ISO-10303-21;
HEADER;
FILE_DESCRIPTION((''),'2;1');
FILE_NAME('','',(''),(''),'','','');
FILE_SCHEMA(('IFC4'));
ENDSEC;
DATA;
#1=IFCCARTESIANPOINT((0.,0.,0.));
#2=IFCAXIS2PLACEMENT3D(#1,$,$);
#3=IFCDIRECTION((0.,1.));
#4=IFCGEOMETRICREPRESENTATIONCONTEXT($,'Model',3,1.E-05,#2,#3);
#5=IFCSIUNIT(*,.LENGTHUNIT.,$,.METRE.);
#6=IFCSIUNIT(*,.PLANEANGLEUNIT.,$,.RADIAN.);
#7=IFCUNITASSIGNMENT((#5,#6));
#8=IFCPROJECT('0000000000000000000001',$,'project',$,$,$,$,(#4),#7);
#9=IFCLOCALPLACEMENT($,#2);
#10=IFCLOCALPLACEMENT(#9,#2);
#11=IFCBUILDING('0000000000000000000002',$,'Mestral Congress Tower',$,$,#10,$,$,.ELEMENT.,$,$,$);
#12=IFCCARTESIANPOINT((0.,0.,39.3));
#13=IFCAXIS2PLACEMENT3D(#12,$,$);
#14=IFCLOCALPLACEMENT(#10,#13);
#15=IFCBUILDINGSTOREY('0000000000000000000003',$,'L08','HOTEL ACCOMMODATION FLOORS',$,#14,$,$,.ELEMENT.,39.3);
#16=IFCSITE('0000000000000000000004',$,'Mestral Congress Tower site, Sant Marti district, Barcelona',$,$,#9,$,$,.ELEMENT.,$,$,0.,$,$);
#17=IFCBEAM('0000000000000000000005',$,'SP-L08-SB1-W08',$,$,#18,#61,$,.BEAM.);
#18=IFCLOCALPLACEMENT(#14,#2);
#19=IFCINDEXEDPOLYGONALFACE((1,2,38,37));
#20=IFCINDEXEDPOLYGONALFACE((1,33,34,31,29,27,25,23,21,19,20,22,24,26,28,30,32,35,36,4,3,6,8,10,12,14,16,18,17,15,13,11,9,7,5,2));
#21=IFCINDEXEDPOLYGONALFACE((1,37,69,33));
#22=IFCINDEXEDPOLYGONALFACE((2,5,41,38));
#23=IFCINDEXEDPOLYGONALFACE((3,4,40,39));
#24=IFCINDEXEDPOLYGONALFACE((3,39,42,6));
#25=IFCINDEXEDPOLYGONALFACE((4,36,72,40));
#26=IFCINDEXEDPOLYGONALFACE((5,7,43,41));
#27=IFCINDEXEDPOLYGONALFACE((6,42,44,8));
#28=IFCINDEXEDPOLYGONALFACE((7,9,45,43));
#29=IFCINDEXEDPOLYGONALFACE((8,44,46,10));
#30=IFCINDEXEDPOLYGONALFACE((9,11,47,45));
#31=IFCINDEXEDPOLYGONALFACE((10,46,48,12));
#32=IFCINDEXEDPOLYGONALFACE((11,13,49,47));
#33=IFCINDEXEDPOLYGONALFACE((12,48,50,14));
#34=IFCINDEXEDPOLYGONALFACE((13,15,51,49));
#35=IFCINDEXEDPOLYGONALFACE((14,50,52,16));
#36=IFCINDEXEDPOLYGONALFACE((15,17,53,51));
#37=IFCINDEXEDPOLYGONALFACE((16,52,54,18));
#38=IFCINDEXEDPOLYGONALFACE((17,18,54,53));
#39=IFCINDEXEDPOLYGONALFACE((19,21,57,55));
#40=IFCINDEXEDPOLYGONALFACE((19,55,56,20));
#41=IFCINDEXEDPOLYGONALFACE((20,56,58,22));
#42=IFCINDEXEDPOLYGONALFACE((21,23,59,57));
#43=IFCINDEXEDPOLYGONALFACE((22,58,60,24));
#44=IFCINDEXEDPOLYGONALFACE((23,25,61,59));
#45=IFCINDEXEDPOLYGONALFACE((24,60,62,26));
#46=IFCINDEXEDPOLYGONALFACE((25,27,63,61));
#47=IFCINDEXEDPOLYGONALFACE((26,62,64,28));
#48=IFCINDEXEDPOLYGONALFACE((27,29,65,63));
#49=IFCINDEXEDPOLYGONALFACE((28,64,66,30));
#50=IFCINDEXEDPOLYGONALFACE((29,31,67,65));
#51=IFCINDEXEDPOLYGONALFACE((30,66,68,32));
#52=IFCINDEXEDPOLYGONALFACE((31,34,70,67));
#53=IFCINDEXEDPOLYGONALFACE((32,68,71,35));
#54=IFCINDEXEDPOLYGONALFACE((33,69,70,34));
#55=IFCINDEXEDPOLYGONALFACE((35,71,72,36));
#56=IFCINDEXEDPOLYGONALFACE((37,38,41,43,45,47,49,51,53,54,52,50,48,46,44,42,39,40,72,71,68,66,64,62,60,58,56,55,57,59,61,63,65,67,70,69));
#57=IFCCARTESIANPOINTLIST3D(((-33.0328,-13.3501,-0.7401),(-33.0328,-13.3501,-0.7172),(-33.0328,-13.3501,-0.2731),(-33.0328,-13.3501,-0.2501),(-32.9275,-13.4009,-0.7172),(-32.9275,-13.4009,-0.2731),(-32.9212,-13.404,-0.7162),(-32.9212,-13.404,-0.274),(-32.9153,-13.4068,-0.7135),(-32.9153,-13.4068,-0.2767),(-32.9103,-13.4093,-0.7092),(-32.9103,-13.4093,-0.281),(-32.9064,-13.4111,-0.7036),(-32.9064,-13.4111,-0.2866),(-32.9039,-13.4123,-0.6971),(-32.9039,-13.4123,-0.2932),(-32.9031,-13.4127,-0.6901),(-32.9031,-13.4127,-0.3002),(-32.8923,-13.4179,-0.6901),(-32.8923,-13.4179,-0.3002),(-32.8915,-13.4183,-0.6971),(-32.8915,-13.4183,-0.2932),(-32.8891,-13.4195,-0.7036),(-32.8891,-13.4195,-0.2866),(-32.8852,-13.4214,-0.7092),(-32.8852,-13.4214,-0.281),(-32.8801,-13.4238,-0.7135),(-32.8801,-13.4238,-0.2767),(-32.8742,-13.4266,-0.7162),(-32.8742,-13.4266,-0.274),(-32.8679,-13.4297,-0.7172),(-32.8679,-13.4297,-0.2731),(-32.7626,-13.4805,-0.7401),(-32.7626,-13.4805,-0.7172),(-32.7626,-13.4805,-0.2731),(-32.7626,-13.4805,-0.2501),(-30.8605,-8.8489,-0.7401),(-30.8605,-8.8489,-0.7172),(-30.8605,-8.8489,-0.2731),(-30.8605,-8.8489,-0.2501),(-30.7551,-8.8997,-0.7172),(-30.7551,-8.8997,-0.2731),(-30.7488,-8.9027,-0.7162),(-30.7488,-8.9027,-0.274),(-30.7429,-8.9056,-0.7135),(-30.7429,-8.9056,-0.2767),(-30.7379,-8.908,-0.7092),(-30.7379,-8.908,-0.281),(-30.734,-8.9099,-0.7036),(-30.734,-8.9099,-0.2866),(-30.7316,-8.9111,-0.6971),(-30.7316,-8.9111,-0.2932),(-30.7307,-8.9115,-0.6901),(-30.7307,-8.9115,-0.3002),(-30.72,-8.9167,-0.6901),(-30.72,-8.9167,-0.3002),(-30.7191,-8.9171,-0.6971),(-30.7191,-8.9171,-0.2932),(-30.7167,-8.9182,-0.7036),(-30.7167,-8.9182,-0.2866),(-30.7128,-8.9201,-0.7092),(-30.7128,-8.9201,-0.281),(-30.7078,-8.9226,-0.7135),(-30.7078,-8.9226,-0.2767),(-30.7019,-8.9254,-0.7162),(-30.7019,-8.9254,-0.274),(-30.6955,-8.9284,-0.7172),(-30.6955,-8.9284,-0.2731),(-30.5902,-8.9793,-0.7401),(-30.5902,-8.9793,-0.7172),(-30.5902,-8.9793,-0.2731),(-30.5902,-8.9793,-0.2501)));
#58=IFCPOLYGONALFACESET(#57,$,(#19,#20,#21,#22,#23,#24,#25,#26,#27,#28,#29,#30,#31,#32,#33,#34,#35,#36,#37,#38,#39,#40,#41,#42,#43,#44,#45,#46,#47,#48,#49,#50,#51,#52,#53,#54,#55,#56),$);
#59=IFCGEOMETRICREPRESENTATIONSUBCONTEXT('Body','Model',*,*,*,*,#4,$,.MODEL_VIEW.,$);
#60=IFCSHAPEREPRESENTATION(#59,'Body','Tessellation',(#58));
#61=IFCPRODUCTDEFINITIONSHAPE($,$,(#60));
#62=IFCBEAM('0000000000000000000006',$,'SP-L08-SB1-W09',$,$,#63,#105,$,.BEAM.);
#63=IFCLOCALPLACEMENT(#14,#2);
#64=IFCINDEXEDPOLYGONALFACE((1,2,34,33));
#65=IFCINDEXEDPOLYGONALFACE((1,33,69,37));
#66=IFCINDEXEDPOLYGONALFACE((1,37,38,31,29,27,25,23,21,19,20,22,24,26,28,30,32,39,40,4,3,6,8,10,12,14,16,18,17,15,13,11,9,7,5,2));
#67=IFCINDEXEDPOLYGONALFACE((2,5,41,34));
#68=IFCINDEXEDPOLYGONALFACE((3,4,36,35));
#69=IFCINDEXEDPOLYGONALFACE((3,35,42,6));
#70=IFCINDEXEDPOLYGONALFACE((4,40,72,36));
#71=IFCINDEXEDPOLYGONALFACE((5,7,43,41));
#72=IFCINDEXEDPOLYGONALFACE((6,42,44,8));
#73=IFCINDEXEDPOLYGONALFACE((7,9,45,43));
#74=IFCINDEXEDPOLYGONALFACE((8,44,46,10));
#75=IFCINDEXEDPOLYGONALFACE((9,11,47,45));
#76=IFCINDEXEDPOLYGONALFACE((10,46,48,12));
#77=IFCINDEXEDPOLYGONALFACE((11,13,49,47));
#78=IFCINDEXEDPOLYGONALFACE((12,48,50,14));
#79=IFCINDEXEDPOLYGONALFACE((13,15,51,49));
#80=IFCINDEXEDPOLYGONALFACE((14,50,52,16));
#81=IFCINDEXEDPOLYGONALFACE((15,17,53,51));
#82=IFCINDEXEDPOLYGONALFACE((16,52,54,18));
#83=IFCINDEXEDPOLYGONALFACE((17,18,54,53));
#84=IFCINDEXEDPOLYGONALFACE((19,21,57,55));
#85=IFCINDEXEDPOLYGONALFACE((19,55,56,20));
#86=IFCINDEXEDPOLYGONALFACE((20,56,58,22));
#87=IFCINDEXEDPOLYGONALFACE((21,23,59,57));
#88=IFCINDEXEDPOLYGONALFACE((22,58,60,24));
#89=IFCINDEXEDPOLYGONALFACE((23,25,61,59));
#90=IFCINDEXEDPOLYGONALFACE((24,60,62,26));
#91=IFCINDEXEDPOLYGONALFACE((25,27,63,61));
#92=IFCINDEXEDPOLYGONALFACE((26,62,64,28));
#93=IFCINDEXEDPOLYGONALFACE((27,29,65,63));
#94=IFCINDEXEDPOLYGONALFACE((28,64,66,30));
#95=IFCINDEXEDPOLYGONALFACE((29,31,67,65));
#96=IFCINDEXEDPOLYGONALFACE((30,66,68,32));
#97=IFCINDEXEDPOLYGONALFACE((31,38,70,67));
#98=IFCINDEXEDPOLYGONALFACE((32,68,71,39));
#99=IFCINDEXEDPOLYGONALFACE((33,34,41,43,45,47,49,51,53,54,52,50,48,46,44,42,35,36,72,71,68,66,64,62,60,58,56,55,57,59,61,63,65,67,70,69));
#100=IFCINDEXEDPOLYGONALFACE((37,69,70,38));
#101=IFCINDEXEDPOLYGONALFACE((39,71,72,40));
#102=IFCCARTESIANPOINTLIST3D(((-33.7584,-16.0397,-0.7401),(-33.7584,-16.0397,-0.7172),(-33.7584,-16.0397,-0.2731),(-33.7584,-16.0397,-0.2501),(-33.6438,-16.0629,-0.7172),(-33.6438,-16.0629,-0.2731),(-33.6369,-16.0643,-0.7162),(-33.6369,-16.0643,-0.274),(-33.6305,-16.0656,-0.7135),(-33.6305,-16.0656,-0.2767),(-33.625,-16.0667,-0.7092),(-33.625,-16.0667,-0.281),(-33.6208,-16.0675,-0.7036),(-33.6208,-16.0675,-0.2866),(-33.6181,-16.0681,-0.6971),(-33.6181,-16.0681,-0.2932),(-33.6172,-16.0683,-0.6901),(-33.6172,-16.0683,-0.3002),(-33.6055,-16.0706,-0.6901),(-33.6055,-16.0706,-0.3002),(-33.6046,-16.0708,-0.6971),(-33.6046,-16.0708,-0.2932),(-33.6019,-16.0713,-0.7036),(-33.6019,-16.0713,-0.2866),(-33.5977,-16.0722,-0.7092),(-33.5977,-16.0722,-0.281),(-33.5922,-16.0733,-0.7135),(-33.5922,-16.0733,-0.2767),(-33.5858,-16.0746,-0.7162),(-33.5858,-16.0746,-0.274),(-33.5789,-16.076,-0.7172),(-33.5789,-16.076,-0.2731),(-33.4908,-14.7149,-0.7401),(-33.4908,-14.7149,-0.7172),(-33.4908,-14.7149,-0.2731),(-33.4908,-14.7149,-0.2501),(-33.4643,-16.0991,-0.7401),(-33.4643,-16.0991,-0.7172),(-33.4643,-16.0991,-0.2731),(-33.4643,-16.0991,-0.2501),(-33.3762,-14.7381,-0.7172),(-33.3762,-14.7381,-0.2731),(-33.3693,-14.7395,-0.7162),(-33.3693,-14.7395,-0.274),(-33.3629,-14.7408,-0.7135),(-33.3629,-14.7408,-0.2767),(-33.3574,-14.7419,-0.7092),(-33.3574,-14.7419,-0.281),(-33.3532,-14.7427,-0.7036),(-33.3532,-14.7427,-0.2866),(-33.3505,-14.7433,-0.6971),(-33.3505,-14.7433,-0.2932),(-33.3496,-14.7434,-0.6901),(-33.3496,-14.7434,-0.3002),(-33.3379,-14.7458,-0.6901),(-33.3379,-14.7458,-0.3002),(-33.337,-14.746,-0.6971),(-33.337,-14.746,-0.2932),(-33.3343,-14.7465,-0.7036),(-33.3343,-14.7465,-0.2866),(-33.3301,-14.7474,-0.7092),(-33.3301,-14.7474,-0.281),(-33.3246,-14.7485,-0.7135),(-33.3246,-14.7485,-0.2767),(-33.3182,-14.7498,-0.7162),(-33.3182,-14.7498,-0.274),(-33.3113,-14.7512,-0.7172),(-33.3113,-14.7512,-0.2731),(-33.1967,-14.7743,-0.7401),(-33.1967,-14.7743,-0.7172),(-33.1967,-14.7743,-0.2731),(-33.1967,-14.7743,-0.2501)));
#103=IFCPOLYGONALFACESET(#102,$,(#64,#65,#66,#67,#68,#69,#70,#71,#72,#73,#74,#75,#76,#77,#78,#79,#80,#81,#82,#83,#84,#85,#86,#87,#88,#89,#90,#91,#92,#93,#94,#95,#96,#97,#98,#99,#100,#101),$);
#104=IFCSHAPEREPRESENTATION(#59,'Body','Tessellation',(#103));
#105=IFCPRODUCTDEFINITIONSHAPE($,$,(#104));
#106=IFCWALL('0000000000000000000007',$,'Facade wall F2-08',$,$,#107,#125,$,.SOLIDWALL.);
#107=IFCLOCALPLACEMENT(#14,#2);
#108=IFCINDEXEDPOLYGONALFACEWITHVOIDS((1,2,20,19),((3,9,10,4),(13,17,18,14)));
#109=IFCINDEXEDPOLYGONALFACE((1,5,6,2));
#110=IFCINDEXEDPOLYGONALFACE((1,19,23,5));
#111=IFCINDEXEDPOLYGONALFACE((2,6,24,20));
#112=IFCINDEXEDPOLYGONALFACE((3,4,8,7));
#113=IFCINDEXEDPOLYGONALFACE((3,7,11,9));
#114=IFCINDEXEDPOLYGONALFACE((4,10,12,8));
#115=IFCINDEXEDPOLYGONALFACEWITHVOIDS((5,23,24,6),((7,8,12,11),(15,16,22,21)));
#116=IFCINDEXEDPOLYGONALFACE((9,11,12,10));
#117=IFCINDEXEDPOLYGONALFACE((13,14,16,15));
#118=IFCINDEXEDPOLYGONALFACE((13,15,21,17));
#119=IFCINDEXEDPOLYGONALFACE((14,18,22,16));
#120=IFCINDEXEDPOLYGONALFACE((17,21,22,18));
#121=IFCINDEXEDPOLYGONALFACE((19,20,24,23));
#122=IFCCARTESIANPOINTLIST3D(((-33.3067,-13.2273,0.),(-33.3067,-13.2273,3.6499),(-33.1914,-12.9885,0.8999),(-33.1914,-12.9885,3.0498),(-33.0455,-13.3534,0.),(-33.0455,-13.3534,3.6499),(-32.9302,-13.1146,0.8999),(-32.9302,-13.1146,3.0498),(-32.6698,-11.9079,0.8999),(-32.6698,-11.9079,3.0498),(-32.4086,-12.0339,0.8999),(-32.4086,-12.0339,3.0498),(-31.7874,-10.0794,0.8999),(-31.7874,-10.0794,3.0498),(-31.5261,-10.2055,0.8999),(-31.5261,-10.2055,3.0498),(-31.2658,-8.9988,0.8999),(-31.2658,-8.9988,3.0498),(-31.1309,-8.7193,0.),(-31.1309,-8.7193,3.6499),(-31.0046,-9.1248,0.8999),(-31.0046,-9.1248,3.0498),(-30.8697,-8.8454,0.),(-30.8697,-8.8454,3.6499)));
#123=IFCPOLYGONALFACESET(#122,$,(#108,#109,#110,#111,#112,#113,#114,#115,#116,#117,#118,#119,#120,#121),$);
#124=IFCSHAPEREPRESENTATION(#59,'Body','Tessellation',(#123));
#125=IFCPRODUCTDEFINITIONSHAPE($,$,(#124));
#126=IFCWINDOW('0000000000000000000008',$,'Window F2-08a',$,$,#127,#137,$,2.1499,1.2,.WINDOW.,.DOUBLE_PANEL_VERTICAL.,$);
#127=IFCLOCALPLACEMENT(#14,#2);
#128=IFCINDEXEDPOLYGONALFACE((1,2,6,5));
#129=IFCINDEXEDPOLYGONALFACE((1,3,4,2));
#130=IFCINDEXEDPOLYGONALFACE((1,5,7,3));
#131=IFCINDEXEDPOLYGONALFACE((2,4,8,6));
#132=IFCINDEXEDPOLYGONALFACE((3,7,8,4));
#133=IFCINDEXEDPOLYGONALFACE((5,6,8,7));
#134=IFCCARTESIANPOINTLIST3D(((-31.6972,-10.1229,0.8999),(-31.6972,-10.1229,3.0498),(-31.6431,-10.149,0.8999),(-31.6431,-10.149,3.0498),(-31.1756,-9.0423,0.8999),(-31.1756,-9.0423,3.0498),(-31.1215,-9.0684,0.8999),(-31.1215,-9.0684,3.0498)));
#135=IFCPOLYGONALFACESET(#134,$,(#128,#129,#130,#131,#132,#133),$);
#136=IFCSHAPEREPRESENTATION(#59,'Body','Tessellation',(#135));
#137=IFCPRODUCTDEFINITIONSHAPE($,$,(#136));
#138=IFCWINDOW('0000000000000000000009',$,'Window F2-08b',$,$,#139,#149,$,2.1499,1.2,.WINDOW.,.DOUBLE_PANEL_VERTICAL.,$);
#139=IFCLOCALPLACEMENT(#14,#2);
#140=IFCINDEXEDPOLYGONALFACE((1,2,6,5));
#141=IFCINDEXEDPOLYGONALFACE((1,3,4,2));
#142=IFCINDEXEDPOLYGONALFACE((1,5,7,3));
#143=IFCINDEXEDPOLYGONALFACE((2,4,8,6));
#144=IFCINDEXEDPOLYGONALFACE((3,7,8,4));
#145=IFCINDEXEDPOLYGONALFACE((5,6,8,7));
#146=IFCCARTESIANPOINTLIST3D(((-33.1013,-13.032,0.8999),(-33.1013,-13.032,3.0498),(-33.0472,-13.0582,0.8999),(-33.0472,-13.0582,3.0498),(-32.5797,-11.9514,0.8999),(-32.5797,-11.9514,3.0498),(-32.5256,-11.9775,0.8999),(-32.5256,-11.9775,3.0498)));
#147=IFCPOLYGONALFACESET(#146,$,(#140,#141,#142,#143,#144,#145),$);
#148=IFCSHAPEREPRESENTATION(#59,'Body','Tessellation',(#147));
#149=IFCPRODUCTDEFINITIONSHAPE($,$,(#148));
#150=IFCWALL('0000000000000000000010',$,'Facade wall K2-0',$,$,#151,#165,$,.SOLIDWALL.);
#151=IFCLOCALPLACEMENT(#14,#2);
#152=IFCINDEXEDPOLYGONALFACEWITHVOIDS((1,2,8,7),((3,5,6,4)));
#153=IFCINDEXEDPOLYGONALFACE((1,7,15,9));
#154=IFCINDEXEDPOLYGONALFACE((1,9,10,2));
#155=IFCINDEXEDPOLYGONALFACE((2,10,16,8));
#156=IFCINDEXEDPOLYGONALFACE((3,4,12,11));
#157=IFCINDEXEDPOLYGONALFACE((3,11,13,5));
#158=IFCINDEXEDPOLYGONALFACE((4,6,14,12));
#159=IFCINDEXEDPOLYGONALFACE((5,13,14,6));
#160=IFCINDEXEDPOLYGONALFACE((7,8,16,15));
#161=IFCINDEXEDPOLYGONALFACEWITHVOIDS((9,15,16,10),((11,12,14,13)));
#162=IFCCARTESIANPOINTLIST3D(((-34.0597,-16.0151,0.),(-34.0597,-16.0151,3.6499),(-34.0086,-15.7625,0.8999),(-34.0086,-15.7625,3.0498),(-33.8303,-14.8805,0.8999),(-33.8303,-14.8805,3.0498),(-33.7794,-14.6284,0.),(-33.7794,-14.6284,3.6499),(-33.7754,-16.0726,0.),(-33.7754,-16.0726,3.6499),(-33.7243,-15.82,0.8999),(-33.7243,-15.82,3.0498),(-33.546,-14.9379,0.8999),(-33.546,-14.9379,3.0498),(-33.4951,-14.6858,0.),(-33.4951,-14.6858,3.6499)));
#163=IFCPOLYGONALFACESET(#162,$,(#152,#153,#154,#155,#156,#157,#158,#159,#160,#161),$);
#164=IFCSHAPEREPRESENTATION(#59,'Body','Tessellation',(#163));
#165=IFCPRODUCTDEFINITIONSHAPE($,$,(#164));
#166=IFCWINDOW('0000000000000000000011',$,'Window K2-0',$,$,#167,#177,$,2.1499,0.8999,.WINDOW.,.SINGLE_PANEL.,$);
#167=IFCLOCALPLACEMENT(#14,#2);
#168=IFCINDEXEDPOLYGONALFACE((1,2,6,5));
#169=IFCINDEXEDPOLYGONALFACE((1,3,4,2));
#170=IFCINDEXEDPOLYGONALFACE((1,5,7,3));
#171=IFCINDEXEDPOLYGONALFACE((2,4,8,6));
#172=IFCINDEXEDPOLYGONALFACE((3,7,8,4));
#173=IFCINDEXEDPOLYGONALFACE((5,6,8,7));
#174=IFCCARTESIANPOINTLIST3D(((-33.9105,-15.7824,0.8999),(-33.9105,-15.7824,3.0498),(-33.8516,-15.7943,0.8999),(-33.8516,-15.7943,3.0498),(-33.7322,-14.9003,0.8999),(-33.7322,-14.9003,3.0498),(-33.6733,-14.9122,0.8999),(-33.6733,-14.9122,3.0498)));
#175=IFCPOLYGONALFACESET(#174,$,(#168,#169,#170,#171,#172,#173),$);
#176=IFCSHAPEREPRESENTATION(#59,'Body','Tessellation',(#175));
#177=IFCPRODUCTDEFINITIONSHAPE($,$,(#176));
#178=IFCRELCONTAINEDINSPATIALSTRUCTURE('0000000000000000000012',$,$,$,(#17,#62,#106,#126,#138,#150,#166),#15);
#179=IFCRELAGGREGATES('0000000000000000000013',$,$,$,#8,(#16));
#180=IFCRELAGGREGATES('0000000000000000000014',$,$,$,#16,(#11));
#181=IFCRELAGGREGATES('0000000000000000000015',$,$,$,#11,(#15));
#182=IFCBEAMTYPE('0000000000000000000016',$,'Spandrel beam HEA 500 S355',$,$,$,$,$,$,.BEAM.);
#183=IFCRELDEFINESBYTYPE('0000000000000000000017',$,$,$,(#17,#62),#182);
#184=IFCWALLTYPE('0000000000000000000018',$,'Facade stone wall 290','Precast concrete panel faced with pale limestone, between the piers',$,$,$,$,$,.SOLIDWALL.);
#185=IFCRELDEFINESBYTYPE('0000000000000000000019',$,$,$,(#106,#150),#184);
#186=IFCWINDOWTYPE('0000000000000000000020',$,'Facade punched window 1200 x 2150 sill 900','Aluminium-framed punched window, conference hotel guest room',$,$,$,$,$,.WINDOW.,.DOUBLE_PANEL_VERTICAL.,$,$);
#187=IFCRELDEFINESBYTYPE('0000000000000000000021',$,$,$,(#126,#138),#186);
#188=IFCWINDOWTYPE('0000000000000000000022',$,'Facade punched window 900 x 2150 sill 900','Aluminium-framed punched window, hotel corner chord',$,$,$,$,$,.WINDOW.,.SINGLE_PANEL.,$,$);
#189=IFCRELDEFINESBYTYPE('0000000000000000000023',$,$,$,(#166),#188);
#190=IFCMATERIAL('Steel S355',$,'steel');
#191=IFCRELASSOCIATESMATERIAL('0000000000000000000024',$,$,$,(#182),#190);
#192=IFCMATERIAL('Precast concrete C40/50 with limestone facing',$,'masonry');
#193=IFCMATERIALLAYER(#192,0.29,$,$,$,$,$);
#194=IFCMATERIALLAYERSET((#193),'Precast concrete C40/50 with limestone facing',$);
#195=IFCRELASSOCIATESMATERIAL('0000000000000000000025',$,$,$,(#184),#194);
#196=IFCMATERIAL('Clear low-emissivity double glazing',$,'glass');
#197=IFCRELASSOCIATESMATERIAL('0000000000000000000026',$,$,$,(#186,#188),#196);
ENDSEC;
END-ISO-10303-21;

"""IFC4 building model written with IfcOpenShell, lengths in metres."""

from ifc_helpers import new_model, si_unit, direction, frame, frame_2d, origin, origin_2d, place, context, subcontext, project, spatial, rectangle, i_section, extrude, material, layer, layer_set, material_profile, profile_set, type_object, element, fill, save


model = new_model("IFC4")

# Units and contexts
model_context = context("Model", 3, precision=1e-05, world=origin(), true_north=direction((0.0, 1.0)))
body_context = subcontext(model_context, "Body", "Model", "MODEL_VIEW")
ifc_project = project(units=[si_unit("LENGTHUNIT", "METRE"), si_unit("PLANEANGLEUNIT", "RADIAN")], contexts=[model_context])

# Site, building, storey
site_placement = place(None, origin())
site = spatial("IfcSite", under=ifc_project, at=site_placement, Name="Mestral Congress Tower site, Sant Marti district, Barcelona", CompositionType="ELEMENT", RefElevation=0.0)
building_placement = place(site_placement, origin())
building = spatial("IfcBuilding", under=site, at=building_placement, Name="Mestral Congress Tower", CompositionType="ELEMENT")
storey_placement = place(building_placement, frame((0.0, 0.0, 39.3)))
storey = spatial("IfcBuildingStorey", under=building, at=storey_placement, Name="L08", Description="HOTEL ACCOMMODATION FLOORS", CompositionType="ELEMENT", Elevation=39.3)

# Beams
ifc_material_1 = material(Name="Steel S355", Category="steel")
ifc_material_profile_1 = material_profile(ifc_material_1, i_section(OverallWidth=0.3, OverallDepth=0.49, WebThickness=0.012, FlangeThickness=0.0229, FilletRadius=0.0271, at=origin_2d()), Name="HEA 500")
ifc_profile_set_1 = profile_set([ifc_material_profile_1], Name="Steel S355")
beam_type_1 = type_object("IfcBeamType", Name="Spandrel beam HEA 500 S355", PredefinedType="BEAM", material=ifc_profile_set_1)
beam_1_placement = place(storey_placement, frame((-30.7253, -8.9141, -0.4951), z_axis=(-0.434645, -0.900602, 0.0), x_axis=(0.900602, -0.434645, 0.0)))
element("IfcBeam", 1, at=beam_1_placement, inside=storey, type_object=beam_type_1, Name="SP-L08-SB1-W08", PredefinedType="BEAM", context=body_context, shape_type="SweptSolid", body=[
    extrude(i_section(OverallWidth=0.3, OverallDepth=0.49, WebThickness=0.012, FlangeThickness=0.0229, FilletRadius=0.0271, at=origin_2d()), origin(), (0.0, 0.0, 1.0), 4.998),
])
beam_2_placement = place(storey_placement, frame((-33.3438, -14.7446, -0.4951), z_axis=(-0.197992, -0.980204, 0.0), x_axis=(0.980204, -0.197992, 0.0)))
element("IfcBeam", 2, at=beam_2_placement, inside=storey, type_object=beam_type_1, Name="SP-L08-SB1-W09", PredefinedType="BEAM", context=body_context, shape_type="SweptSolid", body=[
    extrude(i_section(OverallWidth=0.3, OverallDepth=0.49, WebThickness=0.012, FlangeThickness=0.0229, FilletRadius=0.0271, at=origin_2d()), origin(), (0.0, 0.0, 1.0), 1.3516),
])

# Wall, openings, windows
ifc_material_2 = material(Name="Precast concrete C40/50 with limestone facing", Category="masonry")
ifc_layer_1 = layer(ifc_material_2, 0.29)
ifc_layer_set_1 = layer_set([ifc_layer_1], Name="Precast concrete C40/50 with limestone facing")
wall_type_1 = type_object("IfcWallType", Name="Facade stone wall 290", Description="Precast concrete panel faced with pale limestone, between the piers", PredefinedType="SOLIDWALL", material=ifc_layer_set_1)
wall_1_placement = place(storey_placement, frame((-31.0002, -8.7822, 0.0), z_axis=(0.0, 0.0, 1.0), x_axis=(-0.434664, -0.900592, 0.0)))
wall_1 = element("IfcWall", 3, at=wall_1_placement, inside=storey, type_object=wall_type_1, Name="Facade wall F2-08", PredefinedType="SOLIDWALL", context=body_context, shape_type="SweptSolid", body=[
    extrude(rectangle(XDim=5.0056, YDim=0.29, at=frame_2d((2.5029, 0.0))), origin(), (0.0, 0.0, 1.0), 3.6499),
])
opening_1_placement = place(wall_1_placement, frame((0.3103, 0.0, 0.8999)))
opening_1 = element("IfcOpeningElement", 4, at=opening_1_placement, cuts=wall_1, PredefinedType="OPENING", context=body_context, shape_type="SweptSolid", body=[
    extrude(rectangle(XDim=1.2, YDim=2.1499, at=frame_2d((0.6001, 1.075))), frame((0.0, 0.155, 0.0), z_axis=(0.0, -1.0, 0.0), x_axis=(1.0, 0.0, 0.0)), (0.0, 0.0, 1.0), 0.3101),
])
opening_2_placement = place(wall_1_placement, frame((3.5405, 0.0, 0.8999)))
opening_2 = element("IfcOpeningElement", 5, at=opening_2_placement, cuts=wall_1, PredefinedType="OPENING", context=body_context, shape_type="SweptSolid", body=[
    extrude(rectangle(XDim=1.2, YDim=2.1499, at=frame_2d((0.6001, 1.075))), frame((0.0, 0.155, 0.0), z_axis=(0.0, -1.0, 0.0), x_axis=(1.0, 0.0, 0.0)), (0.0, 0.0, 1.0), 0.3101),
])
ifc_material_3 = material(Name="Clear low-emissivity double glazing", Category="glass")
window_type_1 = type_object("IfcWindowType", Name="Facade punched window 1200 x 2150 sill 900", Description="Aluminium-framed punched window, conference hotel guest room", PartitioningType="DOUBLE_PANEL_VERTICAL", PredefinedType="WINDOW", material=ifc_material_3)
window_1_placement = place(opening_1_placement, origin())
window_1 = element("IfcWindow", 6, at=window_1_placement, inside=storey, type_object=window_type_1, Name="Window F2-08a", OverallHeight=2.1499, OverallWidth=1.2, PartitioningType="DOUBLE_PANEL_VERTICAL", PredefinedType="WINDOW", context=body_context, shape_type="SweptSolid", body=[
    extrude(rectangle(XDim=1.2, YDim=2.1499, at=frame_2d((0.6001, 1.075))), frame((0.0, 0.0151, 0.0), z_axis=(0.0, -1.0, 0.0), x_axis=(1.0, 0.0, 0.0)), (0.0, 0.0, 1.0), 0.0601),
])
fill(opening_1, window_1)
window_2_placement = place(opening_2_placement, origin())
window_2 = element("IfcWindow", 7, at=window_2_placement, inside=storey, type_object=window_type_1, Name="Window F2-08b", OverallHeight=2.1499, OverallWidth=1.2, PartitioningType="DOUBLE_PANEL_VERTICAL", PredefinedType="WINDOW", context=body_context, shape_type="SweptSolid", body=[
    extrude(rectangle(XDim=1.2, YDim=2.1499, at=frame_2d((0.6001, 1.075))), frame((0.0, 0.0151, 0.0), z_axis=(0.0, -1.0, 0.0), x_axis=(1.0, 0.0, 0.0)), (0.0, 0.0, 1.0), 0.0601),
])
fill(opening_2, window_2)

# Wall, opening, window
wall_2_placement = place(storey_placement, frame((-33.6372, -14.657, 0.0), z_axis=(0.0, 0.0, 1.0), x_axis=(-0.198107, -0.98018, 0.0)))
wall_2 = element("IfcWall", 8, at=wall_2_placement, inside=storey, type_object=wall_type_1, Name="Facade wall K2-0", PredefinedType="SOLIDWALL", context=body_context, shape_type="SweptSolid", body=[
    extrude(rectangle(XDim=1.4148, YDim=0.29, at=frame_2d((0.7075, 0.0))), origin(), (0.0, 0.0, 1.0), 3.6499),
])
opening_3_placement = place(wall_2_placement, frame((0.2573, 0.0, 0.8999)))
opening_3 = element("IfcOpeningElement", 9, at=opening_3_placement, cuts=wall_2, PredefinedType="OPENING", context=body_context, shape_type="SweptSolid", body=[
    extrude(rectangle(XDim=0.8999, YDim=2.1499, at=frame_2d((0.45, 1.075))), frame((0.0, 0.155, 0.0), z_axis=(0.0, -1.0, 0.0), x_axis=(1.0, 0.0, 0.0)), (0.0, 0.0, 1.0), 0.3101),
])
window_type_2 = type_object("IfcWindowType", Name="Facade punched window 900 x 2150 sill 900", Description="Aluminium-framed punched window, hotel corner chord", PartitioningType="SINGLE_PANEL", PredefinedType="WINDOW", material=ifc_material_3)
window_3_placement = place(opening_3_placement, origin())
window_3 = element("IfcWindow", 10, at=window_3_placement, inside=storey, type_object=window_type_2, Name="Window K2-0", OverallHeight=2.1499, OverallWidth=0.8999, PartitioningType="SINGLE_PANEL", PredefinedType="WINDOW", context=body_context, shape_type="SweptSolid", body=[
    extrude(rectangle(XDim=0.8999, YDim=2.1499, at=frame_2d((0.45, 1.075))), frame((0.0, 0.0151, 0.0), z_axis=(0.0, -1.0, 0.0), x_axis=(1.0, 0.0, 0.0)), (0.0, 0.0, 1.0), 0.0601),
])
fill(opening_3, window_3)

save(model, "model.ifc")
